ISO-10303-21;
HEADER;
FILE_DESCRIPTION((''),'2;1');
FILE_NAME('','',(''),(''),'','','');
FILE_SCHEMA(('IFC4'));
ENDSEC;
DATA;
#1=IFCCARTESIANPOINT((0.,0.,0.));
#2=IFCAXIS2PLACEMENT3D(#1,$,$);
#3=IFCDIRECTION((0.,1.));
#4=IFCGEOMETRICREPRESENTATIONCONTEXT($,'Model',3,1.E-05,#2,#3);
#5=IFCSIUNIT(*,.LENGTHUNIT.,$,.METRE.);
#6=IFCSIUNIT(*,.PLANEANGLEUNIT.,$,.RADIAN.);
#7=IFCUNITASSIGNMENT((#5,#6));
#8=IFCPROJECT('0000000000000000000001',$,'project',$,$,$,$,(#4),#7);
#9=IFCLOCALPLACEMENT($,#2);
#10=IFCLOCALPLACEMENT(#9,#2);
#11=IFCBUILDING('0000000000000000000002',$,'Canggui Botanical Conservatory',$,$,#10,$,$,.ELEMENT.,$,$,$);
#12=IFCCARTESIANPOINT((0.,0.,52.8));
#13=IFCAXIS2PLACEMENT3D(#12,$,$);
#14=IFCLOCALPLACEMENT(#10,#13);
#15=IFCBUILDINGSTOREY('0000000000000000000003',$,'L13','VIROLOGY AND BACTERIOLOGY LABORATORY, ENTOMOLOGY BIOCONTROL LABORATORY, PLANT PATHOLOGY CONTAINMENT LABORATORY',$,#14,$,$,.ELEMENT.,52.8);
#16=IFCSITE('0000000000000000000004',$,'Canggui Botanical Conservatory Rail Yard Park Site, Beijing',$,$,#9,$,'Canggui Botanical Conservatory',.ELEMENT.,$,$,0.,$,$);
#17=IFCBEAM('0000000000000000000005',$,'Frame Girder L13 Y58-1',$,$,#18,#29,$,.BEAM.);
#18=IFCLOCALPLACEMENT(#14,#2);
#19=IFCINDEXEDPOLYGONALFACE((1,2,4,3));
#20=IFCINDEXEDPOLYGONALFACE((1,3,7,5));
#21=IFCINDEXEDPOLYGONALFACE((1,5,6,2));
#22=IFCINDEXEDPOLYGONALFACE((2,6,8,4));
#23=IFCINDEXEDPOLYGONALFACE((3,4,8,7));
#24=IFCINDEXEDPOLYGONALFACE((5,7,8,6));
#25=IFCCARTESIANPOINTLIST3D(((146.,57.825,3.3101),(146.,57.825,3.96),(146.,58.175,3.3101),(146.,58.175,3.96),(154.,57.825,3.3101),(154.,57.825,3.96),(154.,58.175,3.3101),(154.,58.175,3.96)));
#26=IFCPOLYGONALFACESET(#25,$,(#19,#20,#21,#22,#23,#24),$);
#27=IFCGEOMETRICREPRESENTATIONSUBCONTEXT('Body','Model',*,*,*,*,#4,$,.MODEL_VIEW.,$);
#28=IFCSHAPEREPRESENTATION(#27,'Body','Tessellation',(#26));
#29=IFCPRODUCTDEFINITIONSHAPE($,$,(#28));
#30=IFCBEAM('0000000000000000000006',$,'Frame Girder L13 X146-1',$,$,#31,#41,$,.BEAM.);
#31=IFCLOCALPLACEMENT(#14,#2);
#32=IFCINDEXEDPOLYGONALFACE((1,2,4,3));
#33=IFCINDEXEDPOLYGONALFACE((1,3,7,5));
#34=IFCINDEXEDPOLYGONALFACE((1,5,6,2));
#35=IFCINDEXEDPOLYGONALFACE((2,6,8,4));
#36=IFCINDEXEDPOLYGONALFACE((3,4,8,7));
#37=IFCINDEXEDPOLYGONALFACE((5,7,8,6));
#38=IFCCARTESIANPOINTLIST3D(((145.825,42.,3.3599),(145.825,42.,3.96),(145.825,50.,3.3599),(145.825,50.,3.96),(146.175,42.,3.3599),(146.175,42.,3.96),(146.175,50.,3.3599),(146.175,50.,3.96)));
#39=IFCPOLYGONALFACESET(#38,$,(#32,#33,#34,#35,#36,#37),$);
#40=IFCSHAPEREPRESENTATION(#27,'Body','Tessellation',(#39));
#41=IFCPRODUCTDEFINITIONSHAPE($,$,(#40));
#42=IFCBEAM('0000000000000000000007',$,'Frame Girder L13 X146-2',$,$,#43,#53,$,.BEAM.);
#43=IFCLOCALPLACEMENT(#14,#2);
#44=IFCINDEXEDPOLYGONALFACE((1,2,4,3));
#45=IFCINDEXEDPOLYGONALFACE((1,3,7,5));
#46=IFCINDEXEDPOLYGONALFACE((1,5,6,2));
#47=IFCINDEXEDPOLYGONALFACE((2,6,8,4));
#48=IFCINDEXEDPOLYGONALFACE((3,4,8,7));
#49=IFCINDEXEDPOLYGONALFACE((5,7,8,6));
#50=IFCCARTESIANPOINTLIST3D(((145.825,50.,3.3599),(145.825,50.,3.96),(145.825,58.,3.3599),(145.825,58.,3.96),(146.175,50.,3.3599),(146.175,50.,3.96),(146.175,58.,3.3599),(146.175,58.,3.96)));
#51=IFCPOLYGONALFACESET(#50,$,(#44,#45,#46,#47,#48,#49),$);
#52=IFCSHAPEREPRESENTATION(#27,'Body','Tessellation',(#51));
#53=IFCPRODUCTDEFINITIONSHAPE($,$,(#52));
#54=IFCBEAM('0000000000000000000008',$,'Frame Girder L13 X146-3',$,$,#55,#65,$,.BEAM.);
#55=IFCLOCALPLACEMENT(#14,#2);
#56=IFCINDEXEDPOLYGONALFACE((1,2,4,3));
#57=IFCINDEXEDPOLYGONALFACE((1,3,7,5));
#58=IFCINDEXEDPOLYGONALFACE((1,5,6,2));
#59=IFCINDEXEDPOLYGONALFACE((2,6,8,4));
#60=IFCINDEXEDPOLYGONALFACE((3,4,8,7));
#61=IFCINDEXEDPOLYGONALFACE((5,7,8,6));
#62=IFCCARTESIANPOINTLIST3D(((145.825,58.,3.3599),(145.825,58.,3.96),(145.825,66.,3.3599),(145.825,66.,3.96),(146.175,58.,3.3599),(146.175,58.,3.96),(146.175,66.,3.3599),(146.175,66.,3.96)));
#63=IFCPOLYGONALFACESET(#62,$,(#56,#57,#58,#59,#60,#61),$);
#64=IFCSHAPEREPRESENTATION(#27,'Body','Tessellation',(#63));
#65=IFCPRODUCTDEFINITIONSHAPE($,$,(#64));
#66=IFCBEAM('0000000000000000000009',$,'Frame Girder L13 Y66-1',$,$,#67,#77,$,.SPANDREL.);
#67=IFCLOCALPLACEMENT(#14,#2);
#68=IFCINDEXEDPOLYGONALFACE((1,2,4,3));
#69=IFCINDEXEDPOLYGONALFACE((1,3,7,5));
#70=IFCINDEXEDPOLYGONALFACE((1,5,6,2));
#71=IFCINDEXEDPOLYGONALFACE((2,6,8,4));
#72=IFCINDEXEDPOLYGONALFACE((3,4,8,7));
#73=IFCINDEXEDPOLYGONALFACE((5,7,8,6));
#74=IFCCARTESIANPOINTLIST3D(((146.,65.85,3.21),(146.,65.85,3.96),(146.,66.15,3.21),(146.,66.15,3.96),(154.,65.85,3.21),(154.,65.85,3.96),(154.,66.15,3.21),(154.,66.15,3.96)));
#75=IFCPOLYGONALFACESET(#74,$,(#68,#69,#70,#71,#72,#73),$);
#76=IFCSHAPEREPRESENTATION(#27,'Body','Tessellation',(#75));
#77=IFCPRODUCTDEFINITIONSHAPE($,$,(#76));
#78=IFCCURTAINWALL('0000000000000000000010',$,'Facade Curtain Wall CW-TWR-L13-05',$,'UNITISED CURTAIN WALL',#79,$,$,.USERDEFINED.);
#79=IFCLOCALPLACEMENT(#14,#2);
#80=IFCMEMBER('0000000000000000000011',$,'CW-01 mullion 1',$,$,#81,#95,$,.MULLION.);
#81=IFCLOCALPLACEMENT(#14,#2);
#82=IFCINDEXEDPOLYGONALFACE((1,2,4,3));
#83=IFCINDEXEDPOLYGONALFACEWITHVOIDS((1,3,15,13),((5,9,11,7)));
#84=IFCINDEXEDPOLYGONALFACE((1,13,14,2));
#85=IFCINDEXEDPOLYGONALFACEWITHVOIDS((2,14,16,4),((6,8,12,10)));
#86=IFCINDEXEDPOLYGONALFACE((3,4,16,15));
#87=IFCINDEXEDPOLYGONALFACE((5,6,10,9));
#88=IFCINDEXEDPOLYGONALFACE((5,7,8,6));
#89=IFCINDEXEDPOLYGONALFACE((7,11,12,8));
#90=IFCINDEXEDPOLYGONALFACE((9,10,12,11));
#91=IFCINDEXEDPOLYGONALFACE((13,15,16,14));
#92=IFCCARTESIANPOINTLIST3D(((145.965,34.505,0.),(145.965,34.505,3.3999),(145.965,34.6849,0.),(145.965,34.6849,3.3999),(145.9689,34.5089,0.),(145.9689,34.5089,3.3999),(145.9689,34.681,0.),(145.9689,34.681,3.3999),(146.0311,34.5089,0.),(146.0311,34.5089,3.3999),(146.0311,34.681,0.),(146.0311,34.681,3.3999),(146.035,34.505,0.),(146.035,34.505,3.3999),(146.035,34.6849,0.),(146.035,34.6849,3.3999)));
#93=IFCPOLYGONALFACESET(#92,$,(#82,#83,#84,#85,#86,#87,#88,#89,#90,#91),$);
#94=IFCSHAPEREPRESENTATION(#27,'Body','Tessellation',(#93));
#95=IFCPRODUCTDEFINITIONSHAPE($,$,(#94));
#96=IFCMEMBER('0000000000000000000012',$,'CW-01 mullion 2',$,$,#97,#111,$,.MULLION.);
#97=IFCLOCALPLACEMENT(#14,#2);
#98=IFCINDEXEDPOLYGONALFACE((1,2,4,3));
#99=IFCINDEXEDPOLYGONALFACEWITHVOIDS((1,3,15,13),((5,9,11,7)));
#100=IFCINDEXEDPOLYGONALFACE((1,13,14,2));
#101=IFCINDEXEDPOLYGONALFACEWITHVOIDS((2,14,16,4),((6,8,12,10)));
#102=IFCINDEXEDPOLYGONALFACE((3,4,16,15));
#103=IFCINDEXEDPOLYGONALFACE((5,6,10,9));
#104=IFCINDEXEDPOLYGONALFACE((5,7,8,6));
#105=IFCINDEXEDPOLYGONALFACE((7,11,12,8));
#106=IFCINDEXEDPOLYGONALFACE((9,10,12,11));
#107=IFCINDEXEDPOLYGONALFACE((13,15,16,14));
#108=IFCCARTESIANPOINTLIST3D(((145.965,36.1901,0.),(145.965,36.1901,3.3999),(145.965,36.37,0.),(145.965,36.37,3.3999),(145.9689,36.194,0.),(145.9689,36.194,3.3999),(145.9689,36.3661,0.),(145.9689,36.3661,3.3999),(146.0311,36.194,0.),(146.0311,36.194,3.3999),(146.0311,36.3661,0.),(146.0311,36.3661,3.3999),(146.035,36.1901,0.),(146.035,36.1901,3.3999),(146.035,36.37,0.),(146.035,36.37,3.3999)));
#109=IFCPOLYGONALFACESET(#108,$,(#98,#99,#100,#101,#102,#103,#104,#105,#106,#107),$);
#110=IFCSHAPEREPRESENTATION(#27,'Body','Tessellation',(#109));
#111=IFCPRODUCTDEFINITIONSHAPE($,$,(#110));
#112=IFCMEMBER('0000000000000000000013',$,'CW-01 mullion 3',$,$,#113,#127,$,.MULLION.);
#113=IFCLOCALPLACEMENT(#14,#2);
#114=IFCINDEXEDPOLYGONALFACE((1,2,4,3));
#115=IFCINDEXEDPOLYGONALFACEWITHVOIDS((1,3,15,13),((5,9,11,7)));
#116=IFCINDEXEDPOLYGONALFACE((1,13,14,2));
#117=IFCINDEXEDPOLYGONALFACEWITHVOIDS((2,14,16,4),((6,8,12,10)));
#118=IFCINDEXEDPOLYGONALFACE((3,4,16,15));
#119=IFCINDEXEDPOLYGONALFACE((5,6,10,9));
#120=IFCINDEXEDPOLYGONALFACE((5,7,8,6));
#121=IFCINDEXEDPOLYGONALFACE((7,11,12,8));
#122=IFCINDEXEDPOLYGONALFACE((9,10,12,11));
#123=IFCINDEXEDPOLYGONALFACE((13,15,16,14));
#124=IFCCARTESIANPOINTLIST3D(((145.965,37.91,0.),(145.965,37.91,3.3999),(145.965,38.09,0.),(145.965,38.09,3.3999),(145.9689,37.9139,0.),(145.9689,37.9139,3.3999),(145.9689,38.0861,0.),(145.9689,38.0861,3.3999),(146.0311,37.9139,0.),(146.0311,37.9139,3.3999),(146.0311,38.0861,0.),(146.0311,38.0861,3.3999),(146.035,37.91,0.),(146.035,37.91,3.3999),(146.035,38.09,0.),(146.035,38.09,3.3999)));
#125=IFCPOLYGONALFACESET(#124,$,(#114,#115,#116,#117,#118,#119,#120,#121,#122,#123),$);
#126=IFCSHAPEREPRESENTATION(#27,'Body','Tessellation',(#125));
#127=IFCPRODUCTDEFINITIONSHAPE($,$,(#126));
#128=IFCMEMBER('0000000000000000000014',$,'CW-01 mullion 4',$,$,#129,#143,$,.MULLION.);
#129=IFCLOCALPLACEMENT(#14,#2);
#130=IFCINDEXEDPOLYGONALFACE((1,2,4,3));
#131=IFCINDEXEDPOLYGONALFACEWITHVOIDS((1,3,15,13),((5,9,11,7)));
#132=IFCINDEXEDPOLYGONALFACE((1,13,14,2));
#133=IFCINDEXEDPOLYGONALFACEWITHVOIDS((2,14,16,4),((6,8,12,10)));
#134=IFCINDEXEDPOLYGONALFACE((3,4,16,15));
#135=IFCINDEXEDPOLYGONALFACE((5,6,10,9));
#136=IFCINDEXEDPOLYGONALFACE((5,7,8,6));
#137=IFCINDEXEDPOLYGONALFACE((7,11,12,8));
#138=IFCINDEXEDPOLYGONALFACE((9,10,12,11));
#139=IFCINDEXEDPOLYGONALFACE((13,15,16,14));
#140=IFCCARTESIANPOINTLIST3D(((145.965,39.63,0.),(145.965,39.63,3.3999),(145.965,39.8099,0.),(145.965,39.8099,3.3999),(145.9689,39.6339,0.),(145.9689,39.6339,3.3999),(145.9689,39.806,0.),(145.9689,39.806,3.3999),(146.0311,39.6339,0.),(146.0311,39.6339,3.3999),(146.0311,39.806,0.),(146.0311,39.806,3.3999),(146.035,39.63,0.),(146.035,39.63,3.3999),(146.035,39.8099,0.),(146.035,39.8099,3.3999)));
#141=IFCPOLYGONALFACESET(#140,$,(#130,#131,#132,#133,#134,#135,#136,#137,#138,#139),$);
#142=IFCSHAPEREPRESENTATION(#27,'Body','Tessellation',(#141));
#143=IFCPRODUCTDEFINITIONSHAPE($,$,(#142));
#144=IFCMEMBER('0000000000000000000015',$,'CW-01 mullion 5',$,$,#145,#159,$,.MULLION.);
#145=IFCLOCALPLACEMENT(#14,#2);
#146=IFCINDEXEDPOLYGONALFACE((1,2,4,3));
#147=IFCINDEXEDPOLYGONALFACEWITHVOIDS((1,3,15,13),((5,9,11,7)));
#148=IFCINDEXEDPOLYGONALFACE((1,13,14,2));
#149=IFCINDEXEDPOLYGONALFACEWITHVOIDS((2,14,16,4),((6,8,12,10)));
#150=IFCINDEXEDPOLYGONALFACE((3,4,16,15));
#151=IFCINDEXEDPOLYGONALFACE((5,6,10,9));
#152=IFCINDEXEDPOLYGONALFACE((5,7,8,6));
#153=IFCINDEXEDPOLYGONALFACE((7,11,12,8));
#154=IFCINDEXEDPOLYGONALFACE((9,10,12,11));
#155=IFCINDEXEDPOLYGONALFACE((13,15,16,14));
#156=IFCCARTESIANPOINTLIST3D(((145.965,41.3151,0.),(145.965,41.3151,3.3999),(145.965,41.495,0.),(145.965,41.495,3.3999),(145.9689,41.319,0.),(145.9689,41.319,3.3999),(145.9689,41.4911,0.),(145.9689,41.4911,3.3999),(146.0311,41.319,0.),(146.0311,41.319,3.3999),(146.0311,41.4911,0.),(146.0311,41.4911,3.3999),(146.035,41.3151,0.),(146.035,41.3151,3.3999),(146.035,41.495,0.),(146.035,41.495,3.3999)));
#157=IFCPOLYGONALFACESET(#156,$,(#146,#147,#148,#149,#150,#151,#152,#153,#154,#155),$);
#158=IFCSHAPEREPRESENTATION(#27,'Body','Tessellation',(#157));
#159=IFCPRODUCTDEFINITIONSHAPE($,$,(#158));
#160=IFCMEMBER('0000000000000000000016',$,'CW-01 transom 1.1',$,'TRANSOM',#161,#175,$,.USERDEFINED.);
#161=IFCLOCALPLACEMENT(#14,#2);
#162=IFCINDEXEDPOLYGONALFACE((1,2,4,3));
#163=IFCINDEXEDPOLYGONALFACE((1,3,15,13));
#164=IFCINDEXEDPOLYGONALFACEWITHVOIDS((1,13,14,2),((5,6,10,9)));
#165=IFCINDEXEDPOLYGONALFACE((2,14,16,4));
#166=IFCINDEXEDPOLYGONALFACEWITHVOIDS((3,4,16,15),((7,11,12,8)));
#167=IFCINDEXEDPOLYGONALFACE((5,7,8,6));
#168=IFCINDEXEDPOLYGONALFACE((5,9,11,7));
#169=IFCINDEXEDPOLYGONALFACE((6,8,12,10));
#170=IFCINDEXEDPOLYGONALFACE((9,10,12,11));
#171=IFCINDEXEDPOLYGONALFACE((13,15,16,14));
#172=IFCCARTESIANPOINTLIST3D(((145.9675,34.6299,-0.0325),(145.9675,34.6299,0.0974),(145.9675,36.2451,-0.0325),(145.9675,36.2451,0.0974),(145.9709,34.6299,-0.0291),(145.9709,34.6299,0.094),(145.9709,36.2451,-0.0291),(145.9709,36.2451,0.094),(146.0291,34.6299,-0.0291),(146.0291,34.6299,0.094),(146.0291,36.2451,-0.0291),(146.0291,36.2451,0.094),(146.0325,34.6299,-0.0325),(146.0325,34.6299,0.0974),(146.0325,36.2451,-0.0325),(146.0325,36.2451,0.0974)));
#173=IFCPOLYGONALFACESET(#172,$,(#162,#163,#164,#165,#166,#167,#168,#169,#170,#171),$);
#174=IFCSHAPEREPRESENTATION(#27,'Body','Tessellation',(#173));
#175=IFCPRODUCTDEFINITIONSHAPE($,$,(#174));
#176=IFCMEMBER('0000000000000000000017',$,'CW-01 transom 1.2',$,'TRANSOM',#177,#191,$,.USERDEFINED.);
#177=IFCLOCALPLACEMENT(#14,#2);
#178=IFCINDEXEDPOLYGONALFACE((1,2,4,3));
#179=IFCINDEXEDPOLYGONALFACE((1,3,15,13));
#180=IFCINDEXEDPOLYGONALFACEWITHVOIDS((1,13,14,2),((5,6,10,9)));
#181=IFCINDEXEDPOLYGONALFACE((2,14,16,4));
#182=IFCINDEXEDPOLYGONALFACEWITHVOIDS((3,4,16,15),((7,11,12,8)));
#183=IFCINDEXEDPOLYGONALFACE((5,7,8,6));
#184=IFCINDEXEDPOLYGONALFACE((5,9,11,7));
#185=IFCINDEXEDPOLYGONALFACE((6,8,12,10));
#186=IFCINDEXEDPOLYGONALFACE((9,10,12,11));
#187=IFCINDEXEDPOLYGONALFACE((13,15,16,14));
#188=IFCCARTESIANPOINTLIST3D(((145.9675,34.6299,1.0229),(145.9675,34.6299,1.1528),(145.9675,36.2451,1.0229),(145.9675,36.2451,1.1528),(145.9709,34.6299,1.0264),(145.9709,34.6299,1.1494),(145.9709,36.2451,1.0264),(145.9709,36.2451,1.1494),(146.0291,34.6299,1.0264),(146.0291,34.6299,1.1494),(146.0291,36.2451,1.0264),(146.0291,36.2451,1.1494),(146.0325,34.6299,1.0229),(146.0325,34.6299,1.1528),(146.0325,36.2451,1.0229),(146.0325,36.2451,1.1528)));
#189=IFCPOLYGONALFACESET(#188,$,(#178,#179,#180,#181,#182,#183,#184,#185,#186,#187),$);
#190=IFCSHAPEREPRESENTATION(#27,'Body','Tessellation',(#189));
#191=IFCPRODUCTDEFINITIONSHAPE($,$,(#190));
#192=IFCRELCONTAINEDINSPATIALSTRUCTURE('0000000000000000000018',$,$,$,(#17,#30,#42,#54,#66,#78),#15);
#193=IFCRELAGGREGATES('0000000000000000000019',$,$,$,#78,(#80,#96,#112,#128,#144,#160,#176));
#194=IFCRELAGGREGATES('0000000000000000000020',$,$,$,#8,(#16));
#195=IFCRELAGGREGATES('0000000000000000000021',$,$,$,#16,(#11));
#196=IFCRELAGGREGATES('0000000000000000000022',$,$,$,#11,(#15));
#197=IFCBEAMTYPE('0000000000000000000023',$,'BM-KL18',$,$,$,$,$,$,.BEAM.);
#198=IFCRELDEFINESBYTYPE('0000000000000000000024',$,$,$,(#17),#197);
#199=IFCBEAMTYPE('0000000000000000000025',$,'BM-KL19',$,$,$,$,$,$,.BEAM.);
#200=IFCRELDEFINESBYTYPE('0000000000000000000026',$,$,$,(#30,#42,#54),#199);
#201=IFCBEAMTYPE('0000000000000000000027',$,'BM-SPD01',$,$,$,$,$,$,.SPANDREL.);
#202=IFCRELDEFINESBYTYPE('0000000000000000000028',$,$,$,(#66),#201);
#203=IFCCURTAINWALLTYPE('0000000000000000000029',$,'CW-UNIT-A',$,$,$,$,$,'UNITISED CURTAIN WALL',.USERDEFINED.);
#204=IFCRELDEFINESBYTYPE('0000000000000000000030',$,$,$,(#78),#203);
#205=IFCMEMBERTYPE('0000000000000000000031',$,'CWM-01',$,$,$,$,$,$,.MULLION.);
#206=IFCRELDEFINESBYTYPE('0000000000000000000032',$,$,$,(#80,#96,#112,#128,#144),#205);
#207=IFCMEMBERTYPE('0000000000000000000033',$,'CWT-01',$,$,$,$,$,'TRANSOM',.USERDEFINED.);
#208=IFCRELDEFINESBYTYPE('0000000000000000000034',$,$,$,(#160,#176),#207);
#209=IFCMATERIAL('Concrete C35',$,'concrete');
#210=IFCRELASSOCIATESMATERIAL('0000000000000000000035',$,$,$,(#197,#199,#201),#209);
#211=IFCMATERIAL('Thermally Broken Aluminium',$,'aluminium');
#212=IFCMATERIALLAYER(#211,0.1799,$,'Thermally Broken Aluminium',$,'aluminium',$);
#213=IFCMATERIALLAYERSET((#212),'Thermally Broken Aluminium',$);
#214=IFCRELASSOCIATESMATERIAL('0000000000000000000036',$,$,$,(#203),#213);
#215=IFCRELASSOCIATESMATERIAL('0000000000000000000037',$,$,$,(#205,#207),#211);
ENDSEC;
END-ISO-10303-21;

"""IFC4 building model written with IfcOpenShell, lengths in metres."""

from ifc_helpers import new_model, si_unit, direction, frame, origin, origin_2d, place, context, subcontext, project, spatial, rectangle, hollow_rectangle, extrude, material, layer, layer_set, material_profile, profile_set, type_object, element, aggregate, save


model = new_model("IFC4")

# Units and contexts
model_context = context("Model", 3, precision=1e-05, world=origin(), true_north=direction((0.0, 1.0)))
body_context = subcontext(model_context, "Body", "Model", "MODEL_VIEW")
ifc_project = project(units=[si_unit("LENGTHUNIT", "METRE"), si_unit("PLANEANGLEUNIT", "RADIAN")], contexts=[model_context])

# Site, building, storey
site_placement = place(None, origin())
site = spatial("IfcSite", under=ifc_project, at=site_placement, Name="Canggui Botanical Conservatory Rail Yard Park Site, Beijing", LongName="Canggui Botanical Conservatory", CompositionType="ELEMENT", RefElevation=0.0)
building_placement = place(site_placement, origin())
building = spatial("IfcBuilding", under=site, at=building_placement, Name="Canggui Botanical Conservatory", CompositionType="ELEMENT")
storey_placement = place(building_placement, frame((0.0, 0.0, 52.8)))
storey = spatial("IfcBuildingStorey", under=building, at=storey_placement, Name="L13", Description="VIROLOGY AND BACTERIOLOGY LABORATORY, ENTOMOLOGY BIOCONTROL LABORATORY, PLANT PATHOLOGY CONTAINMENT LABORATORY", CompositionType="ELEMENT", Elevation=52.8)

# Beams
ifc_material_1 = material(Name="Concrete C35", Category="concrete")
ifc_material_profile_1 = material_profile(ifc_material_1, rectangle(XDim=0.3501, YDim=0.6499, at=origin_2d()), Name="RB 350x650")
ifc_profile_set_1 = profile_set([ifc_material_profile_1], Name="Concrete C35")
beam_type_1 = type_object("IfcBeamType", Name="BM-KL18", PredefinedType="BEAM", material=ifc_profile_set_1)
beam_1_placement = place(storey_placement, frame((146.0, 58.0, 3.635), z_axis=(1.0, 0.0, 0.0), x_axis=(0.0, 1.0, 0.0)))
element("IfcBeam", 1, at=beam_1_placement, inside=storey, type_object=beam_type_1, Name="Frame Girder L13 Y58-1", PredefinedType="BEAM", context=body_context, shape_type="SweptSolid", body=[
    extrude(rectangle(XDim=0.3501, YDim=0.6499, at=origin_2d()), origin(), (0.0, 0.0, 1.0), 8.0),
])
ifc_material_profile_2 = material_profile(ifc_material_1, rectangle(XDim=0.3501, YDim=0.6001, at=origin_2d()), Name="RB 350x600")
ifc_profile_set_2 = profile_set([ifc_material_profile_2], Name="Concrete C35")
beam_type_2 = type_object("IfcBeamType", Name="BM-KL19", PredefinedType="BEAM", material=ifc_profile_set_2)
for number, where, z_axis, x_axis, name in (
    (2, (146.0, 42.0, 3.6599), (0.0, 1.0, 0.0), (-1.0, 0.0, 0.0), "Frame Girder L13 X146-1"),
    (3, (146.0, 50.0, 3.6599), (0.0, 1.0, 0.0), (-1.0, 0.0, 0.0), "Frame Girder L13 X146-2"),
    (4, (146.0, 58.0, 3.6599), (0.0, 1.0, 0.0), (-1.0, 0.0, 0.0), "Frame Girder L13 X146-3"),
):
    element("IfcBeam", number, at=place(storey_placement, frame(where, z_axis=z_axis, x_axis=x_axis)), inside=storey, type_object=beam_type_2, Name=name, PredefinedType="BEAM", context=body_context, shape_type="SweptSolid", body=[
        extrude(rectangle(XDim=0.3501, YDim=0.6001, at=origin_2d()), origin(), (0.0, 0.0, 1.0), 8.0),
    ])
ifc_material_profile_3 = material_profile(ifc_material_1, rectangle(XDim=0.3, YDim=0.75, at=origin_2d()), Name="RB 300x750")
ifc_profile_set_3 = profile_set([ifc_material_profile_3], Name="Concrete C35")
beam_type_3 = type_object("IfcBeamType", Name="BM-SPD01", PredefinedType="SPANDREL", material=ifc_profile_set_3)
beam_2_placement = place(storey_placement, frame((146.0, 66.0, 3.585), z_axis=(1.0, 0.0, 0.0), x_axis=(0.0, 1.0, 0.0)))
element("IfcBeam", 5, at=beam_2_placement, inside=storey, type_object=beam_type_3, Name="Frame Girder L13 Y66-1", PredefinedType="SPANDREL", context=body_context, shape_type="SweptSolid", body=[
    extrude(rectangle(XDim=0.3, YDim=0.75, at=origin_2d()), origin(), (0.0, 0.0, 1.0), 8.0),
])

# Curtain wall, members
ifc_material_2 = material(Name="Thermally Broken Aluminium", Category="aluminium")
ifc_layer_1 = layer(ifc_material_2, 0.1799, Name="Thermally Broken Aluminium", Category="aluminium")
ifc_layer_set_1 = layer_set([ifc_layer_1], Name="Thermally Broken Aluminium")
curtain_wall_type = type_object("IfcCurtainWallType", Name="CW-UNIT-A", ElementType="UNITISED CURTAIN WALL", PredefinedType="USERDEFINED", material=ifc_layer_set_1)
curtain_wall_placement = place(storey_placement, origin())
curtain_wall = element("IfcCurtainWall", 6, at=curtain_wall_placement, inside=storey, type_object=curtain_wall_type, Name="Facade Curtain Wall CW-TWR-L13-05", ObjectType="UNITISED CURTAIN WALL", PredefinedType="USERDEFINED")
ifc_material_profile_4 = material_profile(ifc_material_2, hollow_rectangle(XDim=0.0701, YDim=0.1799, WallThickness=0.0039, at=origin_2d()), Name="CWM 70x180x4")
ifc_profile_set_4 = profile_set([ifc_material_profile_4], Name="Thermally Broken Aluminium")
member_type_1 = type_object("IfcMemberType", Name="CWM-01", PredefinedType="MULLION", material=ifc_profile_set_4)
member_1_placement = place(storey_placement, frame((146.0, 34.595, 0.0), z_axis=(0.0, 0.0, 1.0), x_axis=(-1.0, 0.0, 0.0)))
member_1 = element("IfcMember", 7, at=member_1_placement, type_object=member_type_1, Name="CW-01 mullion 1", PredefinedType="MULLION", context=body_context, shape_type="SweptSolid", body=[
    extrude(hollow_rectangle(XDim=0.0701, YDim=0.1799, WallThickness=0.0039, at=origin_2d()), origin(), (0.0, 0.0, 1.0), 3.3999),
])
member_2_placement = place(storey_placement, frame((146.0, 36.28, 0.0), z_axis=(0.0, 0.0, 1.0), x_axis=(-1.0, 0.0, 0.0)))
member_2 = element("IfcMember", 8, at=member_2_placement, type_object=member_type_1, Name="CW-01 mullion 2", PredefinedType="MULLION", context=body_context, shape_type="SweptSolid", body=[
    extrude(hollow_rectangle(XDim=0.0701, YDim=0.1799, WallThickness=0.0039, at=origin_2d()), origin(), (0.0, 0.0, 1.0), 3.3999),
])
member_3_placement = place(storey_placement, frame((146.0, 38.0, 0.0), z_axis=(0.0, 0.0, 1.0), x_axis=(-1.0, 0.0, 0.0)))
member_3 = element("IfcMember", 9, at=member_3_placement, type_object=member_type_1, Name="CW-01 mullion 3", PredefinedType="MULLION", context=body_context, shape_type="SweptSolid", body=[
    extrude(hollow_rectangle(XDim=0.0701, YDim=0.1799, WallThickness=0.0039, at=origin_2d()), origin(), (0.0, 0.0, 1.0), 3.3999),
])
member_4_placement = place(storey_placement, frame((146.0, 39.72, 0.0), z_axis=(0.0, 0.0, 1.0), x_axis=(-1.0, 0.0, 0.0)))
member_4 = element("IfcMember", 10, at=member_4_placement, type_object=member_type_1, Name="CW-01 mullion 4", PredefinedType="MULLION", context=body_context, shape_type="SweptSolid", body=[
    extrude(hollow_rectangle(XDim=0.0701, YDim=0.1799, WallThickness=0.0039, at=origin_2d()), origin(), (0.0, 0.0, 1.0), 3.3999),
])
member_5_placement = place(storey_placement, frame((146.0, 41.405, 0.0), z_axis=(0.0, 0.0, 1.0), x_axis=(-1.0, 0.0, 0.0)))
member_5 = element("IfcMember", 11, at=member_5_placement, type_object=member_type_1, Name="CW-01 mullion 5", PredefinedType="MULLION", context=body_context, shape_type="SweptSolid", body=[
    extrude(hollow_rectangle(XDim=0.0701, YDim=0.1799, WallThickness=0.0039, at=origin_2d()), origin(), (0.0, 0.0, 1.0), 3.3999),
])
ifc_material_profile_5 = material_profile(ifc_material_2, hollow_rectangle(XDim=0.0649, YDim=0.1299, WallThickness=0.0034, at=origin_2d()), Name="CWT 65x130x3.5")
ifc_profile_set_5 = profile_set([ifc_material_profile_5], Name="Thermally Broken Aluminium")
member_type_2 = type_object("IfcMemberType", Name="CWT-01", ElementType="TRANSOM", PredefinedType="USERDEFINED", material=ifc_profile_set_5)
member_6_placement = place(storey_placement, frame((146.0, 34.6299, 0.0325), z_axis=(0.0, 1.0, 0.0), x_axis=(-1.0, 0.0, 0.0)))
member_6 = element("IfcMember", 12, at=member_6_placement, type_object=member_type_2, Name="CW-01 transom 1.1", ObjectType="TRANSOM", PredefinedType="USERDEFINED", context=body_context, shape_type="SweptSolid", body=[
    extrude(hollow_rectangle(XDim=0.0649, YDim=0.1299, WallThickness=0.0034, at=origin_2d()), origin(), (0.0, 0.0, 1.0), 1.6152),
])
member_7_placement = place(storey_placement, frame((146.0, 34.6299, 1.0879), z_axis=(0.0, 1.0, 0.0), x_axis=(-1.0, 0.0, 0.0)))
member_7 = element("IfcMember", 13, at=member_7_placement, type_object=member_type_2, Name="CW-01 transom 1.2", ObjectType="TRANSOM", PredefinedType="USERDEFINED", context=body_context, shape_type="SweptSolid", body=[
    extrude(hollow_rectangle(XDim=0.0649, YDim=0.1299, WallThickness=0.0034, at=origin_2d()), origin(), (0.0, 0.0, 1.0), 1.6152),
])
aggregate(curtain_wall, [member_1, member_2, member_3, member_4, member_5, member_6, member_7])

save(model, "model.ifc")
